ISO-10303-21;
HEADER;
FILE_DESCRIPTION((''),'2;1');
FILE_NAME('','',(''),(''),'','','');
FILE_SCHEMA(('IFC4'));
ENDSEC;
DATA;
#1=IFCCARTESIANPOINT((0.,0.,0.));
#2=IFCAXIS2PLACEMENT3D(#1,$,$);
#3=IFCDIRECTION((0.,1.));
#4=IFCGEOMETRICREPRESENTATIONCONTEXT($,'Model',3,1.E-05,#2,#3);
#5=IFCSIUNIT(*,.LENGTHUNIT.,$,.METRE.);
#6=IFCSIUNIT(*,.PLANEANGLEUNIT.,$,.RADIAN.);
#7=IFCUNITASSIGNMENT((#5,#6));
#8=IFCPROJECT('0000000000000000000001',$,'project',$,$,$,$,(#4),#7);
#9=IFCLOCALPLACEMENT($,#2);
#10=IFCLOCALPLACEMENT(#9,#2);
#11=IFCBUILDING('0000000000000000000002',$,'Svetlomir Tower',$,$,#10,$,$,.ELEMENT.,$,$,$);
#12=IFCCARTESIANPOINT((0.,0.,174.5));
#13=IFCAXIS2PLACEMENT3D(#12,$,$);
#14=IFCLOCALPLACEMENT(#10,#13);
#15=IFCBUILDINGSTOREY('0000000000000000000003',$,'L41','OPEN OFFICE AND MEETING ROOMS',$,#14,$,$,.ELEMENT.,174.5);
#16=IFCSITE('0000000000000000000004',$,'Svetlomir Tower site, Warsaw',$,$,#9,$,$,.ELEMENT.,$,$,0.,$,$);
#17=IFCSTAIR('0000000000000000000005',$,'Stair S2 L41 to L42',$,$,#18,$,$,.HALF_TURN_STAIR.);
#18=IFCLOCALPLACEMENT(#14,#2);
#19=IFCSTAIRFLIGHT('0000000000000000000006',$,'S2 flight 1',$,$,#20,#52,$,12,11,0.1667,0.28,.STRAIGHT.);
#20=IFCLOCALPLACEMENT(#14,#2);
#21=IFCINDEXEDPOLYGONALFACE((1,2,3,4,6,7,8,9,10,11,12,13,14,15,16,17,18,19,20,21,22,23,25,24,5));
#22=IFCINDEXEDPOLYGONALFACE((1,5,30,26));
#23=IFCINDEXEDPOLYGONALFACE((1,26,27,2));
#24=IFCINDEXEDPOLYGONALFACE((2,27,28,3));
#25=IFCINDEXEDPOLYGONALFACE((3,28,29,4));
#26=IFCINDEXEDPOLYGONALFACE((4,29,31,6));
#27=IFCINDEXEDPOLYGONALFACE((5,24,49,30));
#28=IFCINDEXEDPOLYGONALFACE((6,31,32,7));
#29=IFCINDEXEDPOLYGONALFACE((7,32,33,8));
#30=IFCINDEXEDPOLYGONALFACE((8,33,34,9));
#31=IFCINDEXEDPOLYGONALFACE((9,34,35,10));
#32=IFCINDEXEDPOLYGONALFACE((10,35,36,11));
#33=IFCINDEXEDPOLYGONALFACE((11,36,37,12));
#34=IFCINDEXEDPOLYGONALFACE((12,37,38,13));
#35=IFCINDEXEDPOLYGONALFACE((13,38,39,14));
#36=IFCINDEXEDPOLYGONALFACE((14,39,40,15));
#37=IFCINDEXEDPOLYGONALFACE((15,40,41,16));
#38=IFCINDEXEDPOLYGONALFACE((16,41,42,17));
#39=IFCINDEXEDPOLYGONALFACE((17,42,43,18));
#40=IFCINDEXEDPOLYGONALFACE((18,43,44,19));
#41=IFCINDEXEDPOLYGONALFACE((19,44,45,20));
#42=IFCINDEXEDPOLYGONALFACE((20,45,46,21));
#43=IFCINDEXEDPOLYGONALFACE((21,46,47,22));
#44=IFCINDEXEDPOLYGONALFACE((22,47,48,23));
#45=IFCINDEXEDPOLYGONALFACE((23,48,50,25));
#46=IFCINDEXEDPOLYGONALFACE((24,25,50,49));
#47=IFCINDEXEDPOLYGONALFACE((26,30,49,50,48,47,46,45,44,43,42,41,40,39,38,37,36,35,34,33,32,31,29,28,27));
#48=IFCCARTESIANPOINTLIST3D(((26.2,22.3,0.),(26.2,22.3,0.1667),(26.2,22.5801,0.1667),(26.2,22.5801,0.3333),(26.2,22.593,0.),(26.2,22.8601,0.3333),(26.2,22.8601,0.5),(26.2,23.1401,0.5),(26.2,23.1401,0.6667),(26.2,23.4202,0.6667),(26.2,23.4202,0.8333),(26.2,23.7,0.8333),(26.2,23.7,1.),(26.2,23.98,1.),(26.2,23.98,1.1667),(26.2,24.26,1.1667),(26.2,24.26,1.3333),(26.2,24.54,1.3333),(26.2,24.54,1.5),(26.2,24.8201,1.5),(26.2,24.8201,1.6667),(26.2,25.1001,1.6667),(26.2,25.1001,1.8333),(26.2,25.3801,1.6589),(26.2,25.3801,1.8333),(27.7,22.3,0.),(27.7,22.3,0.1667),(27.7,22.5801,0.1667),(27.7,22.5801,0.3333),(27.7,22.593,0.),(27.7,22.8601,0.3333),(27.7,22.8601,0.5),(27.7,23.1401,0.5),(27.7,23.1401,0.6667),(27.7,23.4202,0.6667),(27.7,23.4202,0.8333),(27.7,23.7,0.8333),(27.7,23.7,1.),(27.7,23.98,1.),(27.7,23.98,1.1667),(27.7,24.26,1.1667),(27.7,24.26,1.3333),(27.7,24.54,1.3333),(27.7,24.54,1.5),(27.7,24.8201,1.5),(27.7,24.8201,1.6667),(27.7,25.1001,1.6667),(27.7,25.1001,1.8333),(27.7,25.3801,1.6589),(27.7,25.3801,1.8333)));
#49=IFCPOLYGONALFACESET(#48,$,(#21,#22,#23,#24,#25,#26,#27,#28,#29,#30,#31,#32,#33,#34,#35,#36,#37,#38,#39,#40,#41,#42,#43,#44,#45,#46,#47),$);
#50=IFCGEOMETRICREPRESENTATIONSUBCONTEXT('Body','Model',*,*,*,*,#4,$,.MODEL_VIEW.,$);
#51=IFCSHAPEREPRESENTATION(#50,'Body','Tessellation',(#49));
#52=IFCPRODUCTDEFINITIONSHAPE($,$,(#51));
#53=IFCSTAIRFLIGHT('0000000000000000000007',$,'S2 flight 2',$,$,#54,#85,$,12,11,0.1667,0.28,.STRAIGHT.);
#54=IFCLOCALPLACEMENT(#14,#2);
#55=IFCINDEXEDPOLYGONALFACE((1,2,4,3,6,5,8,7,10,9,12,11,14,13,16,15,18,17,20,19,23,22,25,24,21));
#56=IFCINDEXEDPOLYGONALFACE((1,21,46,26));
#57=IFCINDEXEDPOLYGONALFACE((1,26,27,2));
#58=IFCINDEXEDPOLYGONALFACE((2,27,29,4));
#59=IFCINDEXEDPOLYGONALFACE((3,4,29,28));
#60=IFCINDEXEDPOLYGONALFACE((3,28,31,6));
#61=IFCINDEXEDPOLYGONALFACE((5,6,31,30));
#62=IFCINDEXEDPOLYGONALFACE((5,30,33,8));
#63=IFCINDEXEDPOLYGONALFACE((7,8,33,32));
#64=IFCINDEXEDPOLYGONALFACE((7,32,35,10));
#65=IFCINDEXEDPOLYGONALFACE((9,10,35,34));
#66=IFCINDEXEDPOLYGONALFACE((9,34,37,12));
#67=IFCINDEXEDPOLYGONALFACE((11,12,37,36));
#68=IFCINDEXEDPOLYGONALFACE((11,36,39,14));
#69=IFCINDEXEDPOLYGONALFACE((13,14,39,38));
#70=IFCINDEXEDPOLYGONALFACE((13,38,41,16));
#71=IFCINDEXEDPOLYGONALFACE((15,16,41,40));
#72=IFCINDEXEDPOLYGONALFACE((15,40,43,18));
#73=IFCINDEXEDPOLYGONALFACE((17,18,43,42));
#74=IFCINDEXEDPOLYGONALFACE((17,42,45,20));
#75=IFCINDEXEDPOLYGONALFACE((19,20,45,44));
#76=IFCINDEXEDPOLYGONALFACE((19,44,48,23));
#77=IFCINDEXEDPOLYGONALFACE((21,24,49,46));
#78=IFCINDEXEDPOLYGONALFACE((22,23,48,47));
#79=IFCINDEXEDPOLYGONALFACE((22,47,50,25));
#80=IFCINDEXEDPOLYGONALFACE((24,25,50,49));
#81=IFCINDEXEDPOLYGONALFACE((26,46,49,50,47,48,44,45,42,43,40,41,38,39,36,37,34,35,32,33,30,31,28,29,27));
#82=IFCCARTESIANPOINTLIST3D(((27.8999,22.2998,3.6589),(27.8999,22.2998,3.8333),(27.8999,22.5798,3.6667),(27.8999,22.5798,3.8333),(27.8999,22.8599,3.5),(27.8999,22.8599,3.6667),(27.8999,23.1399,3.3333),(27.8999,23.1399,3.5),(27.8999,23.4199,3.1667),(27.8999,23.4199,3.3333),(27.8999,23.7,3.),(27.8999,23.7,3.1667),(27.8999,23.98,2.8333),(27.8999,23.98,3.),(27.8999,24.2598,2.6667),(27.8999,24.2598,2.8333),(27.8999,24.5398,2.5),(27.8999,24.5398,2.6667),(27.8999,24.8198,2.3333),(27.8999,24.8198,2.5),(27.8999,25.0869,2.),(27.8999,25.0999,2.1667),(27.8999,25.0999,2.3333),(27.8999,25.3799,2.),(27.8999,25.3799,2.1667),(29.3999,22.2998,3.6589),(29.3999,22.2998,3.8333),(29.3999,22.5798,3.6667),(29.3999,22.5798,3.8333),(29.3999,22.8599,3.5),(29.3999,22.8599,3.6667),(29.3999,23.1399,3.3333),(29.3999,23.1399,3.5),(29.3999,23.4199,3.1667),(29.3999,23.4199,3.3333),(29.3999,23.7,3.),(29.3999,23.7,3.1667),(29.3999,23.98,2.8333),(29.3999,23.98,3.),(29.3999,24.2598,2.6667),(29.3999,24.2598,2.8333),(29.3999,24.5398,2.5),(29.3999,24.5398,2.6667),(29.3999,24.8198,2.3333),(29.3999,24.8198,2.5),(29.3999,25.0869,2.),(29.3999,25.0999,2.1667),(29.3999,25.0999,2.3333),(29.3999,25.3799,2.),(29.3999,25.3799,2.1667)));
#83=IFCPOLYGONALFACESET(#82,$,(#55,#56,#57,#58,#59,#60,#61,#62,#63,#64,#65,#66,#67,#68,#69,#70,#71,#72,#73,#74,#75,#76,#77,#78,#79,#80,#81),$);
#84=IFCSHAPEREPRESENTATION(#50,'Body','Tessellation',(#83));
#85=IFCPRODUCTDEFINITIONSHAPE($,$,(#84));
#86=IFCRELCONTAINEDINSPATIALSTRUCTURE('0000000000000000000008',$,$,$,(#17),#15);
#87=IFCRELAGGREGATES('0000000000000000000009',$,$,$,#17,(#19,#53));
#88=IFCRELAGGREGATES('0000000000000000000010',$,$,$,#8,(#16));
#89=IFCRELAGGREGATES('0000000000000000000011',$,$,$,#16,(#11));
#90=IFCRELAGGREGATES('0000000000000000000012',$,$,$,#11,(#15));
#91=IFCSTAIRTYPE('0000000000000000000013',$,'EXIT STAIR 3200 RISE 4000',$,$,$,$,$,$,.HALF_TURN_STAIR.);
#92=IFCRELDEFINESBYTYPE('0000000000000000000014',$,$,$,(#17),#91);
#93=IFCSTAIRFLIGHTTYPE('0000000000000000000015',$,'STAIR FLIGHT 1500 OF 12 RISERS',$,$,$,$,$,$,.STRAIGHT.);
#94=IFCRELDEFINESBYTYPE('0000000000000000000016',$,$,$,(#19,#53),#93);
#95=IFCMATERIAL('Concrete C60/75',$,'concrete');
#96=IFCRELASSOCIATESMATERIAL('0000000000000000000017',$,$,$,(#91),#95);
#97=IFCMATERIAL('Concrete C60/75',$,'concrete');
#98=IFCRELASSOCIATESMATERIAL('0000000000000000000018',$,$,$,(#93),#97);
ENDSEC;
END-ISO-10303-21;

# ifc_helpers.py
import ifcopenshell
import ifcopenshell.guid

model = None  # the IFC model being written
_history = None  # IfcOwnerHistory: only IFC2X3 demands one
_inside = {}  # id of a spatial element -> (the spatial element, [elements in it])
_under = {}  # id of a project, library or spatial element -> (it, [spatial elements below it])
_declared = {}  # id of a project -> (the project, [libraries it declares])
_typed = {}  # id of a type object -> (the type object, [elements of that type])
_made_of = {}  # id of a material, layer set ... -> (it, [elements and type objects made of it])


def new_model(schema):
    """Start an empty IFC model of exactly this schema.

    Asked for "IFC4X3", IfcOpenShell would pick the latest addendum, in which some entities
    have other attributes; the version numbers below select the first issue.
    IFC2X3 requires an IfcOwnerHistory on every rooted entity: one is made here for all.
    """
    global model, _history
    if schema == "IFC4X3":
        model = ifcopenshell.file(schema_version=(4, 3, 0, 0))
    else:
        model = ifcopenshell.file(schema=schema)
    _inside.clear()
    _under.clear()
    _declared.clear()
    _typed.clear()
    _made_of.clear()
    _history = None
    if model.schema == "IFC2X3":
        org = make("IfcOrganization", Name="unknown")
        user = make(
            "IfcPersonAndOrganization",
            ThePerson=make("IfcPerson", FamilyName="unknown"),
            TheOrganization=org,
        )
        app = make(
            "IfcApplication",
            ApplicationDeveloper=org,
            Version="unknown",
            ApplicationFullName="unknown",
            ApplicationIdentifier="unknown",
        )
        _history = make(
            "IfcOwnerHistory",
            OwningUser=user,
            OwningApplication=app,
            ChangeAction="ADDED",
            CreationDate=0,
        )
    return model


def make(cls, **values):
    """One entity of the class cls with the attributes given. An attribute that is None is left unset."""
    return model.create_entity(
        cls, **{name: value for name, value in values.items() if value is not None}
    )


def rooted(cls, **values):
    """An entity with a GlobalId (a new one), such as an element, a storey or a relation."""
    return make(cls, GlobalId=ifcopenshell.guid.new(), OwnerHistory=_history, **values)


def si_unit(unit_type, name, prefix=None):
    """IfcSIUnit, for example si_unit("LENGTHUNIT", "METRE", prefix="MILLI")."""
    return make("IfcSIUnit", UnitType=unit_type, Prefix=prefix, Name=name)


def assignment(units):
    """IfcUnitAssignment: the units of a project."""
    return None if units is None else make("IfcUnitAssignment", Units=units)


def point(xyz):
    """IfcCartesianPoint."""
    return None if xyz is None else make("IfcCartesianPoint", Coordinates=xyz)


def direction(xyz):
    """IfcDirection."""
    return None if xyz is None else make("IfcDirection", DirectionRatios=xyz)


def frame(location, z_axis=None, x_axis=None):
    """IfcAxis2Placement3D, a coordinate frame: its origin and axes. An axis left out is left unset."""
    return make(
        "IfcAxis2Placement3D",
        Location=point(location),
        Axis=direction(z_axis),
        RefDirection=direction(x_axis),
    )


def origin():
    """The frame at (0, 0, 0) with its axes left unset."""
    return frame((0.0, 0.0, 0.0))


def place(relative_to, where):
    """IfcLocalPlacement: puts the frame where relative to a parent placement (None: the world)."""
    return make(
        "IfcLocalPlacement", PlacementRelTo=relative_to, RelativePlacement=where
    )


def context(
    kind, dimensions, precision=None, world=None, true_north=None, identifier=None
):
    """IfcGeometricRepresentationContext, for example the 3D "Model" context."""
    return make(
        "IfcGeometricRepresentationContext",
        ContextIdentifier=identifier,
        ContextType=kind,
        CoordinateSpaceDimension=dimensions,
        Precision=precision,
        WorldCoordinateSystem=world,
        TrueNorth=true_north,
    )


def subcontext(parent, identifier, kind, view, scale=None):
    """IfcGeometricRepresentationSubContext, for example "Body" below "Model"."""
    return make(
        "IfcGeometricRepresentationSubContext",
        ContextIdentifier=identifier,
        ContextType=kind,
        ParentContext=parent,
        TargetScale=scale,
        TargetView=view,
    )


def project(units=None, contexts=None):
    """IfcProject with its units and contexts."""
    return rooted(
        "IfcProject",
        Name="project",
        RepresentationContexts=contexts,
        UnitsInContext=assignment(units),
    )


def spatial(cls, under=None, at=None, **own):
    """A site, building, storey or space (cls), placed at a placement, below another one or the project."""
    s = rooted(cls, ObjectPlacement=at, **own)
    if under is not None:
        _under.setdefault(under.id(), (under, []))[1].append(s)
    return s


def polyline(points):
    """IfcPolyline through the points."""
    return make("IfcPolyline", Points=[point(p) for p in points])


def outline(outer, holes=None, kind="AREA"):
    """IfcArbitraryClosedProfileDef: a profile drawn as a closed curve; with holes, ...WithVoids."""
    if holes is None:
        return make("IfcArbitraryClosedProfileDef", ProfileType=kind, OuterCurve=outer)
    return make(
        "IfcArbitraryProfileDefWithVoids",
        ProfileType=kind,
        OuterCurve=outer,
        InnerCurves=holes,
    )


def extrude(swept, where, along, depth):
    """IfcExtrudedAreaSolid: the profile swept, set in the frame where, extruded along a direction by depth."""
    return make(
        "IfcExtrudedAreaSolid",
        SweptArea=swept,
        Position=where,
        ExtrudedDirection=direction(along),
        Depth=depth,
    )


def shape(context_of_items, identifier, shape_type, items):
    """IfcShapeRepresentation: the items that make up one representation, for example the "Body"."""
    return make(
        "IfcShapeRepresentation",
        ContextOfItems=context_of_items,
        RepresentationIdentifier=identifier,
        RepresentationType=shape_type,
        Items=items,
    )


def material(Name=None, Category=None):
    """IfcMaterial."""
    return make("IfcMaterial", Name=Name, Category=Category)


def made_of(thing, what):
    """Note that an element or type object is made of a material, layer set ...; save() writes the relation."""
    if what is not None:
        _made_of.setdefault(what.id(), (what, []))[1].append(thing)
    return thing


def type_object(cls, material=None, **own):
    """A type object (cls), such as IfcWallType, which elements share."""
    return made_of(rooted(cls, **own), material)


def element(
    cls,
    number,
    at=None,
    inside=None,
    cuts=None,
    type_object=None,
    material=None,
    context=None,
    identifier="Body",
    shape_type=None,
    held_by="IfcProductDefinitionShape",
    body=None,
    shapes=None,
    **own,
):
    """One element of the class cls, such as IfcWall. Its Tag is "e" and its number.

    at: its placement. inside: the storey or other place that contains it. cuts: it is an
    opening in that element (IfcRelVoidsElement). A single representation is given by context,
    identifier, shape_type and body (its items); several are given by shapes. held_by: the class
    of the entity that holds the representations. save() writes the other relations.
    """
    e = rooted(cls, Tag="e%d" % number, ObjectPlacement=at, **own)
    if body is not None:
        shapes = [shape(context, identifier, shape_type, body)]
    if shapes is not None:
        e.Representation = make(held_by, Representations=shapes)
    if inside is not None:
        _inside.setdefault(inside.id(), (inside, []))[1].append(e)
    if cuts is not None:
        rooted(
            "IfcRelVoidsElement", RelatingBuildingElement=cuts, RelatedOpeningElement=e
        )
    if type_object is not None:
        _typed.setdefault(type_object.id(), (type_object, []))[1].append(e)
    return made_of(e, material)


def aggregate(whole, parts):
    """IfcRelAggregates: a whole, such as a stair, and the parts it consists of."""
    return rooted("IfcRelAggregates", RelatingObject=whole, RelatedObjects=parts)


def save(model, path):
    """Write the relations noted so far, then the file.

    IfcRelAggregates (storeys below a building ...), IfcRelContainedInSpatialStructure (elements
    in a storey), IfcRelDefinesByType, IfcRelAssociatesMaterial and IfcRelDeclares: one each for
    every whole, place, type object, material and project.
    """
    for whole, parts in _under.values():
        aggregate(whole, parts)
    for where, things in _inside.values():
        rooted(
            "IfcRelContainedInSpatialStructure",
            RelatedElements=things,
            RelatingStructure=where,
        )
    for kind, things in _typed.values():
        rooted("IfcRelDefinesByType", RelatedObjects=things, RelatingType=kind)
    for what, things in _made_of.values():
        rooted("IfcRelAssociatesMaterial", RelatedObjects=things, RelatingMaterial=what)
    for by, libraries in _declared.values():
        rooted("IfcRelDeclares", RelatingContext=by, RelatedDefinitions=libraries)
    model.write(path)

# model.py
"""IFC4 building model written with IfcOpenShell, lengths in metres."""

from ifc_helpers import new_model, si_unit, direction, frame, origin, place, context, subcontext, project, spatial, polyline, outline, extrude, material, type_object, element, aggregate, save


model = new_model("IFC4")

# Units and contexts
model_context = context("Model", 3, precision=1e-05, world=origin(), true_north=direction((0.0, 1.0)))
body_context = subcontext(model_context, "Body", "Model", "MODEL_VIEW")
ifc_project = project(units=[si_unit("LENGTHUNIT", "METRE"), si_unit("PLANEANGLEUNIT", "RADIAN")], contexts=[model_context])

# Site, building, storey
site_placement = place(None, origin())
site = spatial("IfcSite", under=ifc_project, at=site_placement, Name="Svetlomir Tower site, Warsaw", CompositionType="ELEMENT", RefElevation=0.0)
building_placement = place(site_placement, origin())
building = spatial("IfcBuilding", under=site, at=building_placement, Name="Svetlomir Tower", CompositionType="ELEMENT")
storey_placement = place(building_placement, frame((0.0, 0.0, 174.5)))
storey = spatial("IfcBuildingStorey", under=building, at=storey_placement, Name="L41", Description="OPEN OFFICE AND MEETING ROOMS", CompositionType="ELEMENT", Elevation=174.5)

# Stair, stair flights
ifc_material_1 = material(Name="Concrete C60/75", Category="concrete")
stair_type = type_object("IfcStairType", Name="EXIT STAIR 3200 RISE 4000", PredefinedType="HALF_TURN_STAIR", material=ifc_material_1)
stair_placement = place(storey_placement, origin())
stair = element("IfcStair", 1, at=stair_placement, inside=storey, type_object=stair_type, Name="Stair S2 L41 to L42", PredefinedType="HALF_TURN_STAIR")
ifc_material_2 = material(Name="Concrete C60/75", Category="concrete")
stair_flight_type = type_object("IfcStairFlightType", Name="STAIR FLIGHT 1500 OF 12 RISERS", PredefinedType="STRAIGHT", material=ifc_material_2)
stair_flight_1_placement = place(storey_placement, frame((26.95, 22.3, 0.0), z_axis=(0.0, 0.0, 1.0), x_axis=(0.0, 1.0, 0.0)))
stair_flight_1 = element("IfcStairFlight", 2, at=stair_flight_1_placement, type_object=stair_flight_type, Name="S2 flight 1", NumberOfRisers=12, NumberOfTreads=11, PredefinedType="STRAIGHT", RiserHeight=0.1667, TreadLength=0.28, context=body_context, shape_type="SweptSolid", body=[
    extrude(outline(polyline([(0.0, 0.0), (0.0, 0.1667), (0.28, 0.1667), (0.28, 0.3333), (0.5601, 0.3333), (0.5601, 0.5), (0.8401, 0.5), (0.8401, 0.6667), (1.1201, 0.6667), (1.1201, 0.8333), (1.3999, 0.8333), (1.3999, 1.0), (1.6799, 1.0), (1.6799, 1.1667), (1.96, 1.1667), (1.96, 1.3333), (2.24, 1.3333), (2.24, 1.5), (2.52, 1.5), (2.52, 1.6667), (2.8, 1.6667), (2.8, 1.8333), (3.0801, 1.8333), (3.0801, 2.0), (3.0801, 1.6589), (0.293, 0.0), (0.0, 0.0)])), frame((0.0, 0.75, 0.0), z_axis=(0.0, -1.0, 0.0), x_axis=(1.0, 0.0, 0.0)), (0.0, 0.0, 1.0), 1.5),
])
stair_flight_2_placement = place(storey_placement, frame((28.6499, 25.3799, 2.0), z_axis=(0.0, 0.0, 1.0), x_axis=(0.0, -1.0, 0.0)))
stair_flight_2 = element("IfcStairFlight", 3, at=stair_flight_2_placement, type_object=stair_flight_type, Name="S2 flight 2", NumberOfRisers=12, NumberOfTreads=11, PredefinedType="STRAIGHT", RiserHeight=0.1667, TreadLength=0.28, context=body_context, shape_type="SweptSolid", body=[
    extrude(outline(polyline([(0.0, 0.0), (0.0, 0.1667), (0.28, 0.1667), (0.28, 0.3333), (0.5601, 0.3333), (0.5601, 0.5), (0.8401, 0.5), (0.8401, 0.6667), (1.1201, 0.6667), (1.1201, 0.8333), (1.3999, 0.8333), (1.3999, 1.0), (1.6799, 1.0), (1.6799, 1.1667), (1.96, 1.1667), (1.96, 1.3333), (2.24, 1.3333), (2.24, 1.5), (2.52, 1.5), (2.52, 1.6667), (2.8, 1.6667), (2.8, 1.8333), (3.0801, 1.8333), (3.0801, 2.0), (3.0801, 1.6589), (0.293, 0.0), (0.0, 0.0)])), frame((0.0, 0.75, 0.0), z_axis=(0.0, -1.0, 0.0), x_axis=(1.0, 0.0, 0.0)), (0.0, 0.0, 1.0), 1.5),
])
aggregate(stair, [stair_flight_1, stair_flight_2])

save(model, "model.ifc")
